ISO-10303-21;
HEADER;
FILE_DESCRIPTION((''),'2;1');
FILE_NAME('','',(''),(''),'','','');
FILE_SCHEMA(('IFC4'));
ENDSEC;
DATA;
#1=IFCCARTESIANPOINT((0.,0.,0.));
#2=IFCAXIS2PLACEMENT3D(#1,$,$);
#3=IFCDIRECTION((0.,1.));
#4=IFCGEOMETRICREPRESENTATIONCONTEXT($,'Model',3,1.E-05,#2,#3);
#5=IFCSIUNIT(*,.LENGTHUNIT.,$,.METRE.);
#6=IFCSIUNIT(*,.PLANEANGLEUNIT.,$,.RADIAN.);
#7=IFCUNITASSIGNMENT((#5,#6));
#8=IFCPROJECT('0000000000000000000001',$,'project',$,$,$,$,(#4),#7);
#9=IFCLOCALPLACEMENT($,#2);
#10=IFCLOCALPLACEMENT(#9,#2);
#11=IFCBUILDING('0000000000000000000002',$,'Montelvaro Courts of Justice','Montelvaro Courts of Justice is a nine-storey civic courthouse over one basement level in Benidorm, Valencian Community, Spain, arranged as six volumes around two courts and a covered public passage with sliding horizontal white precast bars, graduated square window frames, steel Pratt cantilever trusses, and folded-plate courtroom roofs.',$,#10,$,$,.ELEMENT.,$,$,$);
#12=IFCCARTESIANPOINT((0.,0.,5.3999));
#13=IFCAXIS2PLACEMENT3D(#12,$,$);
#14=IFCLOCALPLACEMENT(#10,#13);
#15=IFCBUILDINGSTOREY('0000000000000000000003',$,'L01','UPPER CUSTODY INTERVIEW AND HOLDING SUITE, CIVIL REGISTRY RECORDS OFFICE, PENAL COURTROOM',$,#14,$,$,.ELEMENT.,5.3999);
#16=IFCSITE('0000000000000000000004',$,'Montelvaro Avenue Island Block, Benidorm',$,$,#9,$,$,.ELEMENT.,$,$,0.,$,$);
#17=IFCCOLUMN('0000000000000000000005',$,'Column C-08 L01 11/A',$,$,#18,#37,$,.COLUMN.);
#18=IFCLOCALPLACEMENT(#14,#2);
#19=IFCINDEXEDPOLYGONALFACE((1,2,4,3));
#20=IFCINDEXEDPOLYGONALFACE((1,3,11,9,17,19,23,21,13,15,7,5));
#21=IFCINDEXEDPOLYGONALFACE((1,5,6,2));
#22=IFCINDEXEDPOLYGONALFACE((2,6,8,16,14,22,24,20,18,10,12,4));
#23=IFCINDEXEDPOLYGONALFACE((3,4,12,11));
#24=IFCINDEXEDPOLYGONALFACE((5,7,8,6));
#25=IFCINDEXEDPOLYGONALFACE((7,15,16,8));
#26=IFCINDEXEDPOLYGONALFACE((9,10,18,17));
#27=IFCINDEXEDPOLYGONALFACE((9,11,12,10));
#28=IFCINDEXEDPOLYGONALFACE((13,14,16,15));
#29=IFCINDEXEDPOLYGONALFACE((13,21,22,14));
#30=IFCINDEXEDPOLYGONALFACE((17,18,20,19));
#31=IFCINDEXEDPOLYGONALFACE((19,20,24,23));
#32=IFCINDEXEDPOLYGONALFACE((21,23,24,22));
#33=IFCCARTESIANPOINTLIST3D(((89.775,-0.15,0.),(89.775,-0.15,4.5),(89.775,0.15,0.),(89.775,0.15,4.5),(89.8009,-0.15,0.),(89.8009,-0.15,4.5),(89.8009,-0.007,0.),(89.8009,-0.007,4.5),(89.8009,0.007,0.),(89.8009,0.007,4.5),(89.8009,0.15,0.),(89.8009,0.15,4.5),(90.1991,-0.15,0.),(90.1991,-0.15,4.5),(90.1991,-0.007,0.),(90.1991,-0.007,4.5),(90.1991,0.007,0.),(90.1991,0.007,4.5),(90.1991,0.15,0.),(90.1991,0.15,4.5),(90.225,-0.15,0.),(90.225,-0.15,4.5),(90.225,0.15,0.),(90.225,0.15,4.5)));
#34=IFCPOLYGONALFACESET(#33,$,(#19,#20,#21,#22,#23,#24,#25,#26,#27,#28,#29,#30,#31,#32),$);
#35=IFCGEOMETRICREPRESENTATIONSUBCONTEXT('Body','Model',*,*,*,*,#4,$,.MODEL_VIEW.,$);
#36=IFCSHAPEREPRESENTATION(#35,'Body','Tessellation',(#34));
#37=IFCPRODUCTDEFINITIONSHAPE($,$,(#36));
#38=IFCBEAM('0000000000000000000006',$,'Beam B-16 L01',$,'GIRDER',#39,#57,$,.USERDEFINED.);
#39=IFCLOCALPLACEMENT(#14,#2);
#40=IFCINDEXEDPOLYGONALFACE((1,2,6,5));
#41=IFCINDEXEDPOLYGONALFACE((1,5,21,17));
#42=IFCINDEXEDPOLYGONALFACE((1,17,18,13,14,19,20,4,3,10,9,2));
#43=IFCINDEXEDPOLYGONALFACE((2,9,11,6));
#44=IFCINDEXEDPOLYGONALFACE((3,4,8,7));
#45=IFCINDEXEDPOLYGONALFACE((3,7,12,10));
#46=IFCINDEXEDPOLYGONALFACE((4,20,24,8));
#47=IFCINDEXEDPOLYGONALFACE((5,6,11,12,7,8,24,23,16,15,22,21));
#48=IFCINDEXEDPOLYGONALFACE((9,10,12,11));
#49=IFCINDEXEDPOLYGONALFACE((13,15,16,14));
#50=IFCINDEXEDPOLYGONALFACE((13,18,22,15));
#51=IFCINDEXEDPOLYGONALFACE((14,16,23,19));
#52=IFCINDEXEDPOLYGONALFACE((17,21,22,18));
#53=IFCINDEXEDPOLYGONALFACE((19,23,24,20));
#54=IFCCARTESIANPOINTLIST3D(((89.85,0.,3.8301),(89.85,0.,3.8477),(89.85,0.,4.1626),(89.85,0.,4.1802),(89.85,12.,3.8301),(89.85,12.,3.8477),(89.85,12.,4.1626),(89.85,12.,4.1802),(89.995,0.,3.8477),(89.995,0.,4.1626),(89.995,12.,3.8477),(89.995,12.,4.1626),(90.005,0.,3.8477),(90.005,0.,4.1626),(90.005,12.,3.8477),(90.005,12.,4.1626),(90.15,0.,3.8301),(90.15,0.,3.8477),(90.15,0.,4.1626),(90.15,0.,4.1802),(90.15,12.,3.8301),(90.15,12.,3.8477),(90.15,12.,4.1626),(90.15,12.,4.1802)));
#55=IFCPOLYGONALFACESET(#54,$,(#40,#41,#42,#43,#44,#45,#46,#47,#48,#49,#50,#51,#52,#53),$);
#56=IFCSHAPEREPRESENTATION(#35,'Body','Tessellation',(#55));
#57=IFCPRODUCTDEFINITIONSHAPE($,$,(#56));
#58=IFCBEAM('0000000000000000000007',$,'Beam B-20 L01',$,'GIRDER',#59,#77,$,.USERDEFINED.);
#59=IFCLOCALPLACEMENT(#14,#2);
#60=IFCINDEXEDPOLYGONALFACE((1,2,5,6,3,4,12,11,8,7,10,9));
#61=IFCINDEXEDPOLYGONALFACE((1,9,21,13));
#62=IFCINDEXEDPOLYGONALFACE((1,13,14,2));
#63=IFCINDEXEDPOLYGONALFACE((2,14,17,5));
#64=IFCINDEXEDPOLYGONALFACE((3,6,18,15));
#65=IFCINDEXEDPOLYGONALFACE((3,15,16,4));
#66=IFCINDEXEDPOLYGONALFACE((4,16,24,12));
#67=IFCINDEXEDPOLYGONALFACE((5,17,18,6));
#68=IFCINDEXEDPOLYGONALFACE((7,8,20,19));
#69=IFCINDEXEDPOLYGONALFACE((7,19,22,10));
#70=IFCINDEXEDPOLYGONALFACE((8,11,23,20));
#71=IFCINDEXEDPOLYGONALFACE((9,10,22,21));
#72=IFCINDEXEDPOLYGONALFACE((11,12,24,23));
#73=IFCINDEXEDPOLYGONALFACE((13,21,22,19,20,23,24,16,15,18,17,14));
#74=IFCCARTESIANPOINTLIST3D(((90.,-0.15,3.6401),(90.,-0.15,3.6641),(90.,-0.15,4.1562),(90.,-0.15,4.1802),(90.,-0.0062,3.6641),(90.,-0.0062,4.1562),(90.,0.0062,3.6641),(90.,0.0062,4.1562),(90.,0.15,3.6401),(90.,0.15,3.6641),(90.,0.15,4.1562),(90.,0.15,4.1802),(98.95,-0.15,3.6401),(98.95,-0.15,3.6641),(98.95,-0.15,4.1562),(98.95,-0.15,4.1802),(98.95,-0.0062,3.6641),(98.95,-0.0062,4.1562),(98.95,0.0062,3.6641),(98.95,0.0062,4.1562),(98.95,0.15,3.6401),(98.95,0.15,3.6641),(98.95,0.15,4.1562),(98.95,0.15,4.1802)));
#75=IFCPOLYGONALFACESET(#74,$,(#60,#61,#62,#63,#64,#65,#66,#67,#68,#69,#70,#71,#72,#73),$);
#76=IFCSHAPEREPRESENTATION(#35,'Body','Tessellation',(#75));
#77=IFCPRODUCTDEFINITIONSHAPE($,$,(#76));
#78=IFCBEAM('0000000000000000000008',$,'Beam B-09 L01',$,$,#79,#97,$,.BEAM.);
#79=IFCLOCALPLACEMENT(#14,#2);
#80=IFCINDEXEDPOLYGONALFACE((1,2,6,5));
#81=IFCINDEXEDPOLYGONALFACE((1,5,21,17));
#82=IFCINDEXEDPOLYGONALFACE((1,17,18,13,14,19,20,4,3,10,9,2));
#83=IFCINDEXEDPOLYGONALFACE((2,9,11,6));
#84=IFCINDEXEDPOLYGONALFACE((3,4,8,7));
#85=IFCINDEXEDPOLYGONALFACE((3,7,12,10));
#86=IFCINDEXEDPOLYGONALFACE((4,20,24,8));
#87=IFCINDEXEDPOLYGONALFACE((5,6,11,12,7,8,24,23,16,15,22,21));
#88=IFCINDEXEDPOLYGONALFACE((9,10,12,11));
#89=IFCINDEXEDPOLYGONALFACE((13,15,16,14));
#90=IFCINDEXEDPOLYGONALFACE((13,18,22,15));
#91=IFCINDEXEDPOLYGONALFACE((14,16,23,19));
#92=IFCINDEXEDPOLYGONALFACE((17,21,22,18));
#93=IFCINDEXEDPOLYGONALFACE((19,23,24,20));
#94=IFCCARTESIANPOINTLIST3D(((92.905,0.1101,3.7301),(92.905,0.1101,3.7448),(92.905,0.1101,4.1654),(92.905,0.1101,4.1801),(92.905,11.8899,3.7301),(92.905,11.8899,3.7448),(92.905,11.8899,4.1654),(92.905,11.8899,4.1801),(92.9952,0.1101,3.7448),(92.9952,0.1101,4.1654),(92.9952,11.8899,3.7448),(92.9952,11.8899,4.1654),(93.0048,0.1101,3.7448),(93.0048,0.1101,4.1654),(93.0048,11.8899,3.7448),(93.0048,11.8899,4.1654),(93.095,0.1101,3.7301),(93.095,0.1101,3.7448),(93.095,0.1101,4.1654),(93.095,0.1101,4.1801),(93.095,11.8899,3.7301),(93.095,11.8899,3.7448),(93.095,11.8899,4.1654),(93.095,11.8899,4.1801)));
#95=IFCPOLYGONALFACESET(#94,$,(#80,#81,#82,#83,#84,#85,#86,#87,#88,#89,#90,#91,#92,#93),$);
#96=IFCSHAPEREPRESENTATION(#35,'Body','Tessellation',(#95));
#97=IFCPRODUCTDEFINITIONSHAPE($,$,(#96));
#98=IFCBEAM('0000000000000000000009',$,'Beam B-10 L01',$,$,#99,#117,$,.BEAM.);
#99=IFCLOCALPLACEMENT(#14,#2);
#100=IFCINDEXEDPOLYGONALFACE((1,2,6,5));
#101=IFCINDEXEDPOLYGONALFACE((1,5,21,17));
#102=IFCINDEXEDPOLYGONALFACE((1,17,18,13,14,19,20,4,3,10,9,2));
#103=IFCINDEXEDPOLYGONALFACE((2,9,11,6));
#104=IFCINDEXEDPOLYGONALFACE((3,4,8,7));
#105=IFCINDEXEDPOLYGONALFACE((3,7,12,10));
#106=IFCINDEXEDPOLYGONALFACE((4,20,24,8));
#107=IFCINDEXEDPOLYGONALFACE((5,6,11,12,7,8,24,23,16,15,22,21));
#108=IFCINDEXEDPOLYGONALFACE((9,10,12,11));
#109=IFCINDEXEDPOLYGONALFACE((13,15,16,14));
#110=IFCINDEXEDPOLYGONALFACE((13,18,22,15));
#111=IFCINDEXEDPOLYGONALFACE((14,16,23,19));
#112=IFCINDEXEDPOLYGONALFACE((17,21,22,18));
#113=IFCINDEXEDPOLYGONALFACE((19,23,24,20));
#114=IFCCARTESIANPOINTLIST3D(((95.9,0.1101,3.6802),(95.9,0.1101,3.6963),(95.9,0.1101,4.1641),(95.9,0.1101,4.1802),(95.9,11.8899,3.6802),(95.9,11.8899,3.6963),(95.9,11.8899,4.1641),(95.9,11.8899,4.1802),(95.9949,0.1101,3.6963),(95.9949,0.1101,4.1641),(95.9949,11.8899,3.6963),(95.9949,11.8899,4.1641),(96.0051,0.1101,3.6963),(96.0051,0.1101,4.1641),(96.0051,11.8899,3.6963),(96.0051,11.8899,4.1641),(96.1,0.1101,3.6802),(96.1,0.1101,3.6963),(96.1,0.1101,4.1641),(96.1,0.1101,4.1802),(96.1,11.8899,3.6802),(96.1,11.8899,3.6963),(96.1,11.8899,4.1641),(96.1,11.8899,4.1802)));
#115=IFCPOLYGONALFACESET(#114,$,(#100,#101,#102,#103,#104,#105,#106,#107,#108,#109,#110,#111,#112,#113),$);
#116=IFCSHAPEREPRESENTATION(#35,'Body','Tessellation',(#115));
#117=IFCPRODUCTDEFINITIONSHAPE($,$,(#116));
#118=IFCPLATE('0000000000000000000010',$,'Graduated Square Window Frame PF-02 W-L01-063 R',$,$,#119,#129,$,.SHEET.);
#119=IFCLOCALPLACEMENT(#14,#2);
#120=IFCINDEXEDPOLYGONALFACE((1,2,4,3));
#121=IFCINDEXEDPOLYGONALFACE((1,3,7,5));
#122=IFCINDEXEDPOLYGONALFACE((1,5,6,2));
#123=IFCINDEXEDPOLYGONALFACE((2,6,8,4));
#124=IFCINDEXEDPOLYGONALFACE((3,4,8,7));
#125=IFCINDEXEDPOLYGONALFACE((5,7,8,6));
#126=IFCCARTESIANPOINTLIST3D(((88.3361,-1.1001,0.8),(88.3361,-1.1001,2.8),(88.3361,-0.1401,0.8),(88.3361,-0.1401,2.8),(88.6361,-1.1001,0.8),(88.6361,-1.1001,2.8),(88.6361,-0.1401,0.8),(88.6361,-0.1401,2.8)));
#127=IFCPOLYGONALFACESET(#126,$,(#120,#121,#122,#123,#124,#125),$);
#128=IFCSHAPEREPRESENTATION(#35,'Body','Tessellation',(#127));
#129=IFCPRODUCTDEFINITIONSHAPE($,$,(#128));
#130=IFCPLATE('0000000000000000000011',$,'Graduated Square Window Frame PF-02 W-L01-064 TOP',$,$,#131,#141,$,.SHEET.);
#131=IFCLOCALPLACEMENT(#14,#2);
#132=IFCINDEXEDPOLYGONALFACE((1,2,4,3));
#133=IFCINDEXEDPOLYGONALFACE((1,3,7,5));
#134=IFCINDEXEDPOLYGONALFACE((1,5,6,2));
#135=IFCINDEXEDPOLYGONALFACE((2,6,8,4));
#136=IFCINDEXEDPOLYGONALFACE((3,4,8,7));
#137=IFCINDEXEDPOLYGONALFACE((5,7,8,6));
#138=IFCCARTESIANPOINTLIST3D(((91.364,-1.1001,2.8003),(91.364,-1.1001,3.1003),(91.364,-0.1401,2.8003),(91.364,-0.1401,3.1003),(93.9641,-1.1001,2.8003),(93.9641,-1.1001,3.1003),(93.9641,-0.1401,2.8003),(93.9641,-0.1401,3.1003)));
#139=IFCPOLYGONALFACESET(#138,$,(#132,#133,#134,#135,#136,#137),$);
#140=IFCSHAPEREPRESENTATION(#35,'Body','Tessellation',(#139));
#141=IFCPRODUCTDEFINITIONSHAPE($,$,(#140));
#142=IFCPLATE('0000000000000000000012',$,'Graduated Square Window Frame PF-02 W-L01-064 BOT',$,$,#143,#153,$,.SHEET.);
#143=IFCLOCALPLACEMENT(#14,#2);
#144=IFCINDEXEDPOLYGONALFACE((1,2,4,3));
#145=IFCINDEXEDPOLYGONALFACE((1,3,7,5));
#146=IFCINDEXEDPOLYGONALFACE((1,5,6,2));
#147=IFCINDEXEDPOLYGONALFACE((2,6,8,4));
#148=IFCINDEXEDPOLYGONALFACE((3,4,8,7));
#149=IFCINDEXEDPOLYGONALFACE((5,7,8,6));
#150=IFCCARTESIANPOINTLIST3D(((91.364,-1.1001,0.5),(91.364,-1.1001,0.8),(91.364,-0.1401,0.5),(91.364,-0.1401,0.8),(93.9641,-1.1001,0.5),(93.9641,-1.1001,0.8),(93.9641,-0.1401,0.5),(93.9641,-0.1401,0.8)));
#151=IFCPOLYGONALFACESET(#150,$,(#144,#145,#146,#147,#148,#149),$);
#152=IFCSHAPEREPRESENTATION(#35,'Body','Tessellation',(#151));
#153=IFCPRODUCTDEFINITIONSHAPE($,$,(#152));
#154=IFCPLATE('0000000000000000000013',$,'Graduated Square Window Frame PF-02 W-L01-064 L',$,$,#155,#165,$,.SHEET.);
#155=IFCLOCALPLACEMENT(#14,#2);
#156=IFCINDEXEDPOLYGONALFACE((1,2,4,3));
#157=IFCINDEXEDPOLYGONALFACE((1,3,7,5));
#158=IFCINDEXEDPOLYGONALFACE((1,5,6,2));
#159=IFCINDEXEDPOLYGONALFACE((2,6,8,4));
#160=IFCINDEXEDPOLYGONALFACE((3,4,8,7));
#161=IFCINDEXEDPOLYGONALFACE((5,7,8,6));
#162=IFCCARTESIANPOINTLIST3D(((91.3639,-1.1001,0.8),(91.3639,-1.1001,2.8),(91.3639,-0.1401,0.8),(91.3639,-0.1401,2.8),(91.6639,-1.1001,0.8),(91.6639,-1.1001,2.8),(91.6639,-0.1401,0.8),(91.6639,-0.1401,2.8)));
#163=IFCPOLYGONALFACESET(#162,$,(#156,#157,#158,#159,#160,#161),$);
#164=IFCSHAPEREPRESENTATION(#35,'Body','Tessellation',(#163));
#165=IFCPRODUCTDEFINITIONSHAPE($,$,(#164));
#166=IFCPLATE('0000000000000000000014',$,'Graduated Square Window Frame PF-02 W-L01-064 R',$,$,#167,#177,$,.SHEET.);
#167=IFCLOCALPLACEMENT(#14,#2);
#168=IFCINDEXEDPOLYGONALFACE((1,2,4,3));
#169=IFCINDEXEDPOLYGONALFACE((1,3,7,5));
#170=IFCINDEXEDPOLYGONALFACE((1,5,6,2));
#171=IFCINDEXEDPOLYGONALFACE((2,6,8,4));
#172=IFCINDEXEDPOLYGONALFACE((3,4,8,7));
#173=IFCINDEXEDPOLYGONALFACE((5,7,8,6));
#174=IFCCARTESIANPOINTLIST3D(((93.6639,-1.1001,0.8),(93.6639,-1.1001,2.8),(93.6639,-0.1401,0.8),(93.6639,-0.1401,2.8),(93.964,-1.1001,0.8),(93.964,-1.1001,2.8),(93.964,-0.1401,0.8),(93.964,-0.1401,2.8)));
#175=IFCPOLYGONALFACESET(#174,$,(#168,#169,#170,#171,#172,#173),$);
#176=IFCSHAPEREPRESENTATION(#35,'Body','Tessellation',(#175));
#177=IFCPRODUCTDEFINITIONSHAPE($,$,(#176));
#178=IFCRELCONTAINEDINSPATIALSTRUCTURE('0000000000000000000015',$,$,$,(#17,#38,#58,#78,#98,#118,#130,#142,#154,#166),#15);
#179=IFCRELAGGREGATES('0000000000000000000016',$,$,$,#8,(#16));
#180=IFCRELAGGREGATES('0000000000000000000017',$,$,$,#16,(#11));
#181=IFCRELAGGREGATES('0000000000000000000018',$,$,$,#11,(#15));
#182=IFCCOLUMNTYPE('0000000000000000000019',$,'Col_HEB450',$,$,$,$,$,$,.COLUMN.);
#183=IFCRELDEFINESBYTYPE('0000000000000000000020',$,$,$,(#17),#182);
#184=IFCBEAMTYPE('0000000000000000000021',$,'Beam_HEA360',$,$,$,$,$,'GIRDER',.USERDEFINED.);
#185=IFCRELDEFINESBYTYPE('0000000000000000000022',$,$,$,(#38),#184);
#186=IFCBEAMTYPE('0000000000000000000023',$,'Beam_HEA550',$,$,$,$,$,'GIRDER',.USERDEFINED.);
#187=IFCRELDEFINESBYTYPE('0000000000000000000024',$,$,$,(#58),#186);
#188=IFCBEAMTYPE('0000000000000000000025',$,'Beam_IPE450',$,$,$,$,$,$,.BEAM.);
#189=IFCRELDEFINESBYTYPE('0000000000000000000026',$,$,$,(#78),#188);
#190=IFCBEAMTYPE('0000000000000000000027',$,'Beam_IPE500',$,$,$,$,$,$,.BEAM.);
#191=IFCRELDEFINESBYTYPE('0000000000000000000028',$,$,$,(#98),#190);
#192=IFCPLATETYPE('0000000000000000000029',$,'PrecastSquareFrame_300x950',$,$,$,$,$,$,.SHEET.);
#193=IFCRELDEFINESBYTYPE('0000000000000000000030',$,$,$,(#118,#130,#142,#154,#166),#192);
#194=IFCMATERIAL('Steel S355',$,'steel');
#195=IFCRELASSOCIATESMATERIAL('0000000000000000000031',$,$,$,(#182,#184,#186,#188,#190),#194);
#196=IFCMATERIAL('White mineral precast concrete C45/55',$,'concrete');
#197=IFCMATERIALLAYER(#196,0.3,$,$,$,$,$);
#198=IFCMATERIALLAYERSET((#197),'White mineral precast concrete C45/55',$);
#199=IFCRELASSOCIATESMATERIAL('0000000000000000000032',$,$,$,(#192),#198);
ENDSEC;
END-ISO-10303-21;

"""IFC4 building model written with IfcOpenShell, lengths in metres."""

from ifc_helpers import new_model, si_unit, direction, frame, origin, origin_2d, place, context, subcontext, project, spatial, rectangle, i_section, extrude, material, layer, layer_set, material_profile, profile_set, type_object, element, save


model = new_model("IFC4")

# Units and contexts
model_context = context("Model", 3, precision=1e-05, world=origin(), true_north=direction((0.0, 1.0)))
body_context = subcontext(model_context, "Body", "Model", "MODEL_VIEW")
ifc_project = project(units=[si_unit("LENGTHUNIT", "METRE"), si_unit("PLANEANGLEUNIT", "RADIAN")], contexts=[model_context])

# Site, building, storey
site_placement = place(None, origin())
site = spatial("IfcSite", under=ifc_project, at=site_placement, Name="Montelvaro Avenue Island Block, Benidorm", CompositionType="ELEMENT", RefElevation=0.0)
building_placement = place(site_placement, origin())
building = spatial("IfcBuilding", under=site, at=building_placement, Name="Montelvaro Courts of Justice", Description="Montelvaro Courts of Justice is a nine-storey civic courthouse over one basement level in Benidorm, Valencian Community, Spain, arranged as six volumes around two courts and a covered public passage with sliding horizontal white precast bars, graduated square window frames, steel Pratt cantilever trusses, and folded-plate courtroom roofs.", CompositionType="ELEMENT")
storey_placement = place(building_placement, frame((0.0, 0.0, 5.3999)))
storey = spatial("IfcBuildingStorey", under=building, at=storey_placement, Name="L01", Description="UPPER CUSTODY INTERVIEW AND HOLDING SUITE, CIVIL REGISTRY RECORDS OFFICE, PENAL COURTROOM", CompositionType="ELEMENT", Elevation=5.3999)

# Column
ifc_material_1 = material(Name="Steel S355", Category="steel")
ifc_material_profile_1 = material_profile(ifc_material_1, i_section(OverallWidth=0.3, OverallDepth=0.45, WebThickness=0.0139, FlangeThickness=0.0259, at=origin_2d()), Name="HEB 450")
ifc_profile_set_1 = profile_set([ifc_material_profile_1], Name="Steel S355")
column_type = type_object("IfcColumnType", Name="Col_HEB450", PredefinedType="COLUMN", material=ifc_profile_set_1)
column_placement = place(storey_placement, frame((90.0, 0.0, 0.0), z_axis=(0.0, 0.0, 1.0), x_axis=(0.0, 1.0, 0.0)))
element("IfcColumn", 1, at=column_placement, inside=storey, type_object=column_type, Name="Column C-08 L01 11/A", PredefinedType="COLUMN", context=body_context, shape_type="SweptSolid", body=[
    extrude(i_section(OverallWidth=0.3, OverallDepth=0.45, WebThickness=0.0139, FlangeThickness=0.0259, at=origin_2d()), origin(), (0.0, 0.0, 1.0), 4.5),
])

# Beams
ifc_material_profile_2 = material_profile(ifc_material_1, i_section(OverallWidth=0.3, OverallDepth=0.3501, WebThickness=0.01, FlangeThickness=0.0176, at=origin_2d()), Name="HEA 360")
ifc_profile_set_2 = profile_set([ifc_material_profile_2], Name="Steel S355")
beam_type_1 = type_object("IfcBeamType", Name="Beam_HEA360", ElementType="GIRDER", PredefinedType="USERDEFINED", material=ifc_profile_set_2)
beam_1_placement = place(storey_placement, frame((90.0, 0.0, 4.0051), z_axis=(0.0, 1.0, 0.0), x_axis=(-1.0, 0.0, 0.0)))
element("IfcBeam", 2, at=beam_1_placement, inside=storey, type_object=beam_type_1, Name="Beam B-16 L01", ObjectType="GIRDER", PredefinedType="USERDEFINED", context=body_context, shape_type="SweptSolid", body=[
    extrude(i_section(OverallWidth=0.3, OverallDepth=0.3501, WebThickness=0.01, FlangeThickness=0.0176, at=origin_2d()), origin(), (0.0, 0.0, 1.0), 12.0),
])
ifc_material_profile_3 = material_profile(ifc_material_1, i_section(OverallWidth=0.3, OverallDepth=0.54, WebThickness=0.0125, FlangeThickness=0.0239, at=origin_2d()), Name="HEA 550")
ifc_profile_set_3 = profile_set([ifc_material_profile_3], Name="Steel S355")
beam_type_2 = type_object("IfcBeamType", Name="Beam_HEA550", ElementType="GIRDER", PredefinedType="USERDEFINED", material=ifc_profile_set_3)
beam_2_placement = place(storey_placement, frame((90.0, 0.0, 3.9102), z_axis=(1.0, 0.0, 0.0), x_axis=(0.0, 1.0, 0.0)))
element("IfcBeam", 3, at=beam_2_placement, inside=storey, type_object=beam_type_2, Name="Beam B-20 L01", ObjectType="GIRDER", PredefinedType="USERDEFINED", context=body_context, shape_type="SweptSolid", body=[
    extrude(i_section(OverallWidth=0.3, OverallDepth=0.54, WebThickness=0.0125, FlangeThickness=0.0239, at=origin_2d()), origin(), (0.0, 0.0, 1.0), 8.95),
])
ifc_material_profile_4 = material_profile(ifc_material_1, i_section(OverallWidth=0.1899, OverallDepth=0.45, WebThickness=0.0095, FlangeThickness=0.0146, at=origin_2d()), Name="IPE 450")
ifc_profile_set_4 = profile_set([ifc_material_profile_4], Name="Steel S355")
beam_type_3 = type_object("IfcBeamType", Name="Beam_IPE450", PredefinedType="BEAM", material=ifc_profile_set_4)
beam_3_placement = place(storey_placement, frame((93.0, 0.1101, 3.9551), z_axis=(0.0, 1.0, 0.0), x_axis=(-1.0, 0.0, 0.0)))
element("IfcBeam", 4, at=beam_3_placement, inside=storey, type_object=beam_type_3, Name="Beam B-09 L01", PredefinedType="BEAM", context=body_context, shape_type="SweptSolid", body=[
    extrude(i_section(OverallWidth=0.1899, OverallDepth=0.45, WebThickness=0.0095, FlangeThickness=0.0146, at=origin_2d()), origin(), (0.0, 0.0, 1.0), 11.7798),
])
ifc_material_profile_5 = material_profile(ifc_material_1, i_section(OverallWidth=0.2, OverallDepth=0.5, WebThickness=0.0103, FlangeThickness=0.0161, at=origin_2d()), Name="IPE 500")
ifc_profile_set_5 = profile_set([ifc_material_profile_5], Name="Steel S355")
beam_type_4 = type_object("IfcBeamType", Name="Beam_IPE500", PredefinedType="BEAM", material=ifc_profile_set_5)
beam_4_placement = place(storey_placement, frame((96.0, 0.1101, 3.9302), z_axis=(0.0, 1.0, 0.0), x_axis=(-1.0, 0.0, 0.0)))
element("IfcBeam", 5, at=beam_4_placement, inside=storey, type_object=beam_type_4, Name="Beam B-10 L01", PredefinedType="BEAM", context=body_context, shape_type="SweptSolid", body=[
    extrude(i_section(OverallWidth=0.2, OverallDepth=0.5, WebThickness=0.0103, FlangeThickness=0.0161, at=origin_2d()), origin(), (0.0, 0.0, 1.0), 11.7798),
])

# Plates
ifc_material_2 = material(Name="White mineral precast concrete C45/55", Category="concrete")
ifc_layer_1 = layer(ifc_material_2, 0.3)
ifc_layer_set_1 = layer_set([ifc_layer_1], Name="White mineral precast concrete C45/55")
plate_type = type_object("IfcPlateType", Name="PrecastSquareFrame_300x950", PredefinedType="SHEET", material=ifc_layer_set_1)
plate_placement = place(storey_placement, frame((88.4861, -0.6201, 0.8), z_axis=(0.0, 0.0, 1.0), x_axis=(1.0, 0.0, 0.0)))
element("IfcPlate", 6, at=plate_placement, inside=storey, type_object=plate_type, Name="Graduated Square Window Frame PF-02 W-L01-063 R", PredefinedType="SHEET", context=body_context, shape_type="SweptSolid", body=[
    extrude(rectangle(XDim=0.3, YDim=0.96, at=origin_2d()), origin(), (0.0, 0.0, 1.0), 2.0),
])
for number, where, z_axis, x_axis, name in (
    (7, (92.6641, -0.6201, 2.8003), (0.0, 0.0, 1.0), (1.0, 0.0, 0.0), "Graduated Square Window Frame PF-02 W-L01-064 TOP"),
    (8, (92.6641, -0.6201, 0.5), (0.0, 0.0, 1.0), (1.0, 0.0, 0.0), "Graduated Square Window Frame PF-02 W-L01-064 BOT"),
):
    element("IfcPlate", number, at=place(storey_placement, frame(where, z_axis=z_axis, x_axis=x_axis)), inside=storey, type_object=plate_type, Name=name, PredefinedType="SHEET", context=body_context, shape_type="SweptSolid", body=[
        extrude(rectangle(XDim=2.6001, YDim=0.96, at=origin_2d()), origin(), (0.0, 0.0, 1.0), 0.3),
    ])
for number, where, z_axis, x_axis, name in (
    (9, (91.5139, -0.6201, 0.8), (0.0, 0.0, 1.0), (1.0, 0.0, 0.0), "Graduated Square Window Frame PF-02 W-L01-064 L"),
    (10, (93.814, -0.6201, 0.8), (0.0, 0.0, 1.0), (1.0, 0.0, 0.0), "Graduated Square Window Frame PF-02 W-L01-064 R"),
):
    element("IfcPlate", number, at=place(storey_placement, frame(where, z_axis=z_axis, x_axis=x_axis)), inside=storey, type_object=plate_type, Name=name, PredefinedType="SHEET", context=body_context, shape_type="SweptSolid", body=[
        extrude(rectangle(XDim=0.3, YDim=0.96, at=origin_2d()), origin(), (0.0, 0.0, 1.0), 2.0),
    ])

save(model, "model.ifc")
